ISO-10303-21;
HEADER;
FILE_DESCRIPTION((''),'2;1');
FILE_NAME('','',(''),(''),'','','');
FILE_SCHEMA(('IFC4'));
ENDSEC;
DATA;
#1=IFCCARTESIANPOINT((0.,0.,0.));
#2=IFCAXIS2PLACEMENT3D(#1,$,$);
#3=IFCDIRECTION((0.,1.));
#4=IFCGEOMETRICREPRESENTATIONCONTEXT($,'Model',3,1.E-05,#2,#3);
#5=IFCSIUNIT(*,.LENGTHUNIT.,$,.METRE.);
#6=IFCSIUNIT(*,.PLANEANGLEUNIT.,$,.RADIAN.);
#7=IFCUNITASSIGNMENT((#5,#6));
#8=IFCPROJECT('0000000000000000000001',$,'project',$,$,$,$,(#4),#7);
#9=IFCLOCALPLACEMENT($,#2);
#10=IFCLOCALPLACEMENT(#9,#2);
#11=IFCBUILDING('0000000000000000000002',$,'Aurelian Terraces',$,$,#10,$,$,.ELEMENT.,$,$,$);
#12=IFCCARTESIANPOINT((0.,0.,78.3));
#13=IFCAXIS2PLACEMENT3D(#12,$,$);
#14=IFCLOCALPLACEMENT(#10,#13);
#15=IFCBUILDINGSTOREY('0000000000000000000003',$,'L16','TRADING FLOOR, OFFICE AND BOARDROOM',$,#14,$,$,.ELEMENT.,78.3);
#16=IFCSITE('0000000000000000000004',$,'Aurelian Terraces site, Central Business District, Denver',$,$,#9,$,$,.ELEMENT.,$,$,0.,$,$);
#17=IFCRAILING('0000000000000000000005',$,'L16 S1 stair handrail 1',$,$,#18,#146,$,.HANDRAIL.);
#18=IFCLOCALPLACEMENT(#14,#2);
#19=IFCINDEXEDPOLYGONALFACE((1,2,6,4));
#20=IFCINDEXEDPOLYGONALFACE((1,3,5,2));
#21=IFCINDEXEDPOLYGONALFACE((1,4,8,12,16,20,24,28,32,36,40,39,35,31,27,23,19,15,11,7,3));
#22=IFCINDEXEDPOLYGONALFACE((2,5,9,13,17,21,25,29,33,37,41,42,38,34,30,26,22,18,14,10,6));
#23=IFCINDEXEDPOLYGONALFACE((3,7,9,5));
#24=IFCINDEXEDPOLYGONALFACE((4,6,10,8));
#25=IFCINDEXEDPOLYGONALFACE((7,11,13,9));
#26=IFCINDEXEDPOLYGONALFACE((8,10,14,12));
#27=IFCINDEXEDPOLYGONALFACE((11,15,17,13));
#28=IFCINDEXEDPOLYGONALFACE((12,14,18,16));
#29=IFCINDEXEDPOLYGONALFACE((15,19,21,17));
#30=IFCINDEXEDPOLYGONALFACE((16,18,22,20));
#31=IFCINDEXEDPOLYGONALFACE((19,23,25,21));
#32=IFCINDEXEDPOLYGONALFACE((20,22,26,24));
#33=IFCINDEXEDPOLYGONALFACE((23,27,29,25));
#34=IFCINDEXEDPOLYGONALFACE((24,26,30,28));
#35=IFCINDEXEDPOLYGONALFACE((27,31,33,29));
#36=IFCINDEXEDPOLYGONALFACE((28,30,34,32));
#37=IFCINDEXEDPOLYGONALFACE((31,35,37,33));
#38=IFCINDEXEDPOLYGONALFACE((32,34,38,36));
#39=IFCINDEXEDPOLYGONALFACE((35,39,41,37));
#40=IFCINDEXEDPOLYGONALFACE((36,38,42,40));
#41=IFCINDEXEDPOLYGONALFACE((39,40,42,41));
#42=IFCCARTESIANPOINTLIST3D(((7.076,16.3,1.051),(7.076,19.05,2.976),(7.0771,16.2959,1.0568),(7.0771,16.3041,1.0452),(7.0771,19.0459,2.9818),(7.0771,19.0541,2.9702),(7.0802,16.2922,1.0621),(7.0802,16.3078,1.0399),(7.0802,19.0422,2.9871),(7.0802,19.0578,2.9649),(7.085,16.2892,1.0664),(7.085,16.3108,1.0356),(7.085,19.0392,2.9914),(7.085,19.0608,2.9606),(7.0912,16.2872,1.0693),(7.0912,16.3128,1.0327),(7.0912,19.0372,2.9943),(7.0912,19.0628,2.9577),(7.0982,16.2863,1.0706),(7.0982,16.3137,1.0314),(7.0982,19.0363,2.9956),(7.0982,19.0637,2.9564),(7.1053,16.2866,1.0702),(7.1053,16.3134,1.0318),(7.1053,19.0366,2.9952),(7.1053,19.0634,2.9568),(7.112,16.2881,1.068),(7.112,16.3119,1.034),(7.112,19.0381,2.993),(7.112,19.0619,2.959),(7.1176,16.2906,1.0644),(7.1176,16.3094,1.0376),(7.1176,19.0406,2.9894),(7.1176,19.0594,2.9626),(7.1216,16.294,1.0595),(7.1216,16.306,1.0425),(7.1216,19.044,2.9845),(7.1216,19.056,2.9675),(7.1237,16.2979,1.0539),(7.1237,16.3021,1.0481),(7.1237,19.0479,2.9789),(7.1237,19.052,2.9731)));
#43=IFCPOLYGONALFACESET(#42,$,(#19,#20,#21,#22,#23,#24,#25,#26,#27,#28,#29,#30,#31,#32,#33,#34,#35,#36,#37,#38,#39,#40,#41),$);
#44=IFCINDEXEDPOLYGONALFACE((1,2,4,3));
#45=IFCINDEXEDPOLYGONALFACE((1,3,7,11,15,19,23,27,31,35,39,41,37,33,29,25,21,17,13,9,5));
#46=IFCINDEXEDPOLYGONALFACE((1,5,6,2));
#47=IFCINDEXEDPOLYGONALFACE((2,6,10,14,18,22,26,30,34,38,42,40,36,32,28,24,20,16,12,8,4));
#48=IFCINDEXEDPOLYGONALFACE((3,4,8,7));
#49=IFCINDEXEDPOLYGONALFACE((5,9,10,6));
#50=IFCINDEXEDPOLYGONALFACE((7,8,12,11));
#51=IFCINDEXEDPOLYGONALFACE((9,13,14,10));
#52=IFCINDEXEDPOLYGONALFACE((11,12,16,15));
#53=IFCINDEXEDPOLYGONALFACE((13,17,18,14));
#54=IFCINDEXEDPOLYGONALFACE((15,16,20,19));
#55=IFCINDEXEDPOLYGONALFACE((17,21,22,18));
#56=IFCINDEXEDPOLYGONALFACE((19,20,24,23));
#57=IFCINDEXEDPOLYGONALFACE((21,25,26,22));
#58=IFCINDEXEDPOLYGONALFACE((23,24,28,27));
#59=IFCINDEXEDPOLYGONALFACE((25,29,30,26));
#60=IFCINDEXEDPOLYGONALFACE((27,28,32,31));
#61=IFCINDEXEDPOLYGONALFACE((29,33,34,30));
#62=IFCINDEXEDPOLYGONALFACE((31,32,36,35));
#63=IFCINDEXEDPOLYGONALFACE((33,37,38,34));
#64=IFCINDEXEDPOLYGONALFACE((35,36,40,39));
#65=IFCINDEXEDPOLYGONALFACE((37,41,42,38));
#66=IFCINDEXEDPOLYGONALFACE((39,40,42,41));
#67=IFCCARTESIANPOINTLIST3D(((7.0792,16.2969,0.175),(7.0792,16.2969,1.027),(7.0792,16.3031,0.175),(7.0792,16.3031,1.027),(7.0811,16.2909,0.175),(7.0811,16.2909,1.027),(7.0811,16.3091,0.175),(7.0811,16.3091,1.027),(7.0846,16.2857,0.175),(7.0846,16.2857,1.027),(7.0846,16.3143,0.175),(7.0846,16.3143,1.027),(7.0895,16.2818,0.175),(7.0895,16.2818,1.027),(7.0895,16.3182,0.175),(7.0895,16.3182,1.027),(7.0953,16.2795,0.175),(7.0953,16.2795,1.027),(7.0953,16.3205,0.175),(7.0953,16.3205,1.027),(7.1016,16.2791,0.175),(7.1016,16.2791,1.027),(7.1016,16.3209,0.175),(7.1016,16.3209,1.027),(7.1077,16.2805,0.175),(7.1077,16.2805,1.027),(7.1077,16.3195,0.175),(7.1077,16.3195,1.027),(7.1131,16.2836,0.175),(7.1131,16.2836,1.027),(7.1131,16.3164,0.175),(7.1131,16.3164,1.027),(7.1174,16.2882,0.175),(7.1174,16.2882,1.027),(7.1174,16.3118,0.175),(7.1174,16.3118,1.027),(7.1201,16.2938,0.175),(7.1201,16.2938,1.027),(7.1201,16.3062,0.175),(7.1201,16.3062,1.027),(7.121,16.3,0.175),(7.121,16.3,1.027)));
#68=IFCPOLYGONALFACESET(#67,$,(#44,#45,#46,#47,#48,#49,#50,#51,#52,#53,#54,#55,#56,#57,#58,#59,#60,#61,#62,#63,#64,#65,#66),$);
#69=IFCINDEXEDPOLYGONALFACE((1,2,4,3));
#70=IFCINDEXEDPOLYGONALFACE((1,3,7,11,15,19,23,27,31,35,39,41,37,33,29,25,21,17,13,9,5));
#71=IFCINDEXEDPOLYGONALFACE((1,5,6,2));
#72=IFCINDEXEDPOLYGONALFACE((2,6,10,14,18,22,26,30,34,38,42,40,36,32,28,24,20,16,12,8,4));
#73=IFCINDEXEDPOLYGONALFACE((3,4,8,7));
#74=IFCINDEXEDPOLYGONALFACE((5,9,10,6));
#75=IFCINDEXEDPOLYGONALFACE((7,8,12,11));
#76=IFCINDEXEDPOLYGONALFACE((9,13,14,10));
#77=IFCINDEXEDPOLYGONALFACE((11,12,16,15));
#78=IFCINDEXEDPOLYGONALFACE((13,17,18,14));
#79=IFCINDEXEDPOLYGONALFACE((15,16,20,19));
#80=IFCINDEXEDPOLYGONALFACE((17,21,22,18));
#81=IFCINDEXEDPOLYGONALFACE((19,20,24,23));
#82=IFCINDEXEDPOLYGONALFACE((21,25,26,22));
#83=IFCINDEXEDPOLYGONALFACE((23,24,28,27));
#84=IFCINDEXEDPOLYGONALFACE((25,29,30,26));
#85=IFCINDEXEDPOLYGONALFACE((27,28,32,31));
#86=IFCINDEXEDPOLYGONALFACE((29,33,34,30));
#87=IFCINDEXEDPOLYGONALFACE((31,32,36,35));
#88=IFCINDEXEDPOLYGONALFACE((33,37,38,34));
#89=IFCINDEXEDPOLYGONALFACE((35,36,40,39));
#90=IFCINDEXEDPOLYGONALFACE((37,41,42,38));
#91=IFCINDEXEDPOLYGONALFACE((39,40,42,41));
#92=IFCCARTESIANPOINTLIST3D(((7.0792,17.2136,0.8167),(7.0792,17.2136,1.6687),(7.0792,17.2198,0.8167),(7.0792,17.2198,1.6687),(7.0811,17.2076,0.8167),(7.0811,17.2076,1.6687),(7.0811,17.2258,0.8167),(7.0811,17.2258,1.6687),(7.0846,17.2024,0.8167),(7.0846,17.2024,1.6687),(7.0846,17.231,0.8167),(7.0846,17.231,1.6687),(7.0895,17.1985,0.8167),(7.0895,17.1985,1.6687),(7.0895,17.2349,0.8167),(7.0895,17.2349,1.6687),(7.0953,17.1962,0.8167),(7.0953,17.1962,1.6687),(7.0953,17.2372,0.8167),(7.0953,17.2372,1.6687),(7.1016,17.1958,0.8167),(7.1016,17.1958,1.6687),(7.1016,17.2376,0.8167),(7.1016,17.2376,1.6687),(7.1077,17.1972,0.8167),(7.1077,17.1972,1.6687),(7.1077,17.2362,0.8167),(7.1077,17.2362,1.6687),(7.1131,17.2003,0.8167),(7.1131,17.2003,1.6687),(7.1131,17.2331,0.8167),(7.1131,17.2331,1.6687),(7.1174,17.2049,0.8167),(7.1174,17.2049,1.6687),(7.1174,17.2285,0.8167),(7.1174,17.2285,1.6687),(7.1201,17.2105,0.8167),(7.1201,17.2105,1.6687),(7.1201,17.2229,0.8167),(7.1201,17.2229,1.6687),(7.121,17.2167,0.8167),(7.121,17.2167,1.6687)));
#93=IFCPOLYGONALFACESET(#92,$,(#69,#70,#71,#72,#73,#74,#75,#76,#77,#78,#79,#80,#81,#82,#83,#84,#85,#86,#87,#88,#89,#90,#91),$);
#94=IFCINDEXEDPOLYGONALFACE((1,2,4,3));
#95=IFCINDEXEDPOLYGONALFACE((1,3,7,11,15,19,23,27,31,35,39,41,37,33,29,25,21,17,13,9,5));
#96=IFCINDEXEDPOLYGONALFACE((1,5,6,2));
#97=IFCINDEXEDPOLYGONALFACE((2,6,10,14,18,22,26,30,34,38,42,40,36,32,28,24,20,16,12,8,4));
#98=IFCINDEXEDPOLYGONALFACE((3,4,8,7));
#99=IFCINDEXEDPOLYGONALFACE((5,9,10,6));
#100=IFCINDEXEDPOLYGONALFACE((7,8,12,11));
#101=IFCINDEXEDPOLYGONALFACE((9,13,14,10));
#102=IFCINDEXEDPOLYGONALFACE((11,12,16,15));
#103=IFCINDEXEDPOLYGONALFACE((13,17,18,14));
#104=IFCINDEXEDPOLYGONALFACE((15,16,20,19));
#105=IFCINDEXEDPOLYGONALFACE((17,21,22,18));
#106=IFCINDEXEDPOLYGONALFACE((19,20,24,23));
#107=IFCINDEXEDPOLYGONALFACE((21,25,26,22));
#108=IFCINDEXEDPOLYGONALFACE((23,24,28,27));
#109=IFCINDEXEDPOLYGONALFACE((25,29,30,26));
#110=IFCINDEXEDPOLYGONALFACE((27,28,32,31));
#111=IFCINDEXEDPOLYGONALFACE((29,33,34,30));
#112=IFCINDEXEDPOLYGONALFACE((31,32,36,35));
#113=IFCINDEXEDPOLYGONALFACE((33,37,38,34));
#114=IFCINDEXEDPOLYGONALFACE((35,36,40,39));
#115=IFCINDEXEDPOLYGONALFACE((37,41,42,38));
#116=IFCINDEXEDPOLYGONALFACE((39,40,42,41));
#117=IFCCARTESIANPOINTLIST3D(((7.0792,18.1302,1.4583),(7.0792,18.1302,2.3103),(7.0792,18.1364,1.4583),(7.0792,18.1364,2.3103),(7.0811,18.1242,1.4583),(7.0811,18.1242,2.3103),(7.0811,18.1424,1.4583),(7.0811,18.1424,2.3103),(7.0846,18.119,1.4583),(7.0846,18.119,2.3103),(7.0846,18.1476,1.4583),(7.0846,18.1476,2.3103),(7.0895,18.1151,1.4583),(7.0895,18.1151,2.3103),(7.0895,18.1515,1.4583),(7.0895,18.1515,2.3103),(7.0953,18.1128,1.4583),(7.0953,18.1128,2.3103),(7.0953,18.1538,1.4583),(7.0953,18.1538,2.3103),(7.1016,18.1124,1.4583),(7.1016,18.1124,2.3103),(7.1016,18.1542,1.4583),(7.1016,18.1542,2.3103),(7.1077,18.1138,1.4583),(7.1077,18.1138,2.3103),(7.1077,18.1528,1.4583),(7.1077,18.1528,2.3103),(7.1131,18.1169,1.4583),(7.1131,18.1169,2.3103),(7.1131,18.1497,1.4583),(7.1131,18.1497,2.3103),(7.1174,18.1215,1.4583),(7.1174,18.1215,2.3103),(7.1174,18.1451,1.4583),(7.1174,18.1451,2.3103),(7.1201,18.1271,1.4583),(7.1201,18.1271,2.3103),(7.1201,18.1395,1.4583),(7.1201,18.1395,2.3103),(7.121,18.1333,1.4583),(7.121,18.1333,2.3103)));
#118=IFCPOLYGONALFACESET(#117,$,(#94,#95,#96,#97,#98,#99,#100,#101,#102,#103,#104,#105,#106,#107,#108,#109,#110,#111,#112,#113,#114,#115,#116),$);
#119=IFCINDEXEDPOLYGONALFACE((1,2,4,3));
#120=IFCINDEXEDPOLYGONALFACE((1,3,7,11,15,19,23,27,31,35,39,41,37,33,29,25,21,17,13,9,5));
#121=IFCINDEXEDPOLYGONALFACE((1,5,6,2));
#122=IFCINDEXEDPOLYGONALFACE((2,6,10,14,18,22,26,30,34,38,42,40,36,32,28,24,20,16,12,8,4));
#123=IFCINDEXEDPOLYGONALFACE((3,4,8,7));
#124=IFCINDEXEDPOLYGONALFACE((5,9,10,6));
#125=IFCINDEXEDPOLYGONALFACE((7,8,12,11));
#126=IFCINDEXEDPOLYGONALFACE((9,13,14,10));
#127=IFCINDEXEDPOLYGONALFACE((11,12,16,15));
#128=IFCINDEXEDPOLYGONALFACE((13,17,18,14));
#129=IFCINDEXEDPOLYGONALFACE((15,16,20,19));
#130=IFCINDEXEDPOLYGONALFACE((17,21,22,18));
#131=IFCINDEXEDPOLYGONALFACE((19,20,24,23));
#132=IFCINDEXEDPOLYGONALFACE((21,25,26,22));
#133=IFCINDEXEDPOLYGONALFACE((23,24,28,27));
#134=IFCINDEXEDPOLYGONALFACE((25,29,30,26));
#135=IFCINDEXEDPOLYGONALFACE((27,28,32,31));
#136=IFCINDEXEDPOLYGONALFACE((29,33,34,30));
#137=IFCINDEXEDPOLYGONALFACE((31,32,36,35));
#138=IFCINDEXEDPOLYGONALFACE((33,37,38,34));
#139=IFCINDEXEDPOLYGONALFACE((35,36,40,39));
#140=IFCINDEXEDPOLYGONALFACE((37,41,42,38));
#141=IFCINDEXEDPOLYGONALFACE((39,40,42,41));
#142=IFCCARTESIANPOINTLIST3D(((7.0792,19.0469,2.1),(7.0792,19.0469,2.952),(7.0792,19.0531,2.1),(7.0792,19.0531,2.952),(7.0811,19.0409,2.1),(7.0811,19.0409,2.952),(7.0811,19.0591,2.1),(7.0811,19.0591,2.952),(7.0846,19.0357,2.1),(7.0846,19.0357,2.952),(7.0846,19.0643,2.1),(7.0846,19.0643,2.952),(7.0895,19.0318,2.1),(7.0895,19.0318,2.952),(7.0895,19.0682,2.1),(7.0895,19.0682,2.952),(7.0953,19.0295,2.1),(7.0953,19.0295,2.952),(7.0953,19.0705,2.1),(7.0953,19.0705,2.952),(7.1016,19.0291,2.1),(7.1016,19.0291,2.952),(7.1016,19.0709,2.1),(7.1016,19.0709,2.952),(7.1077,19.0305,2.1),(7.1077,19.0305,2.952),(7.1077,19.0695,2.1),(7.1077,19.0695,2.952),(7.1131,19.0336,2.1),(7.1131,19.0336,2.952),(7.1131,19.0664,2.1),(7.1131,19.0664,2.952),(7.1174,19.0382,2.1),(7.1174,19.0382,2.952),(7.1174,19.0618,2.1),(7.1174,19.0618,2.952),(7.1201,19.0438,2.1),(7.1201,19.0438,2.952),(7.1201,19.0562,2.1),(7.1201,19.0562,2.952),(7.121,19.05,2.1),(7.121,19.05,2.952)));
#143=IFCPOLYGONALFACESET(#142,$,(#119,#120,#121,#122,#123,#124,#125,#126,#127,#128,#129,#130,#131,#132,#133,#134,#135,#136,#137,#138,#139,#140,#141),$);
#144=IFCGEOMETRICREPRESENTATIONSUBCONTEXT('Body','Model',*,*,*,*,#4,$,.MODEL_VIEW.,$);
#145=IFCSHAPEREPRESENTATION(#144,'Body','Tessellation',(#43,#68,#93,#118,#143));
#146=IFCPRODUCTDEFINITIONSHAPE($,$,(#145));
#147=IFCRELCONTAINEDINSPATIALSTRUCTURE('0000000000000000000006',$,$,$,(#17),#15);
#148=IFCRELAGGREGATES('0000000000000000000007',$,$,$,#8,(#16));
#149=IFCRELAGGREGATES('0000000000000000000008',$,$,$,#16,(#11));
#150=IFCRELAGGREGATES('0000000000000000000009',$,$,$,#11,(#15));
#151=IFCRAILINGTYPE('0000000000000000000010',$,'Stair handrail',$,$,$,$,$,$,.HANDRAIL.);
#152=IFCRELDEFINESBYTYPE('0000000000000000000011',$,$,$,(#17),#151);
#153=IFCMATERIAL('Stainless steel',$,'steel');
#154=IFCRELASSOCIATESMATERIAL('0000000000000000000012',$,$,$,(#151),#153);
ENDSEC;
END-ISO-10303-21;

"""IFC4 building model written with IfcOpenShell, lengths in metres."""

from ifc_helpers import new_model, si_unit, direction, frame, origin, origin_2d, place, context, subcontext, project, spatial, circle, extrude, source, transform, mapped, material, type_object, element, save


model = new_model("IFC4")

# Units and contexts
model_context = context("Model", 3, precision=1e-05, world=origin(), true_north=direction((0.0, 1.0)))
body_context = subcontext(model_context, "Body", "Model", "MODEL_VIEW")
ifc_project = project(units=[si_unit("LENGTHUNIT", "METRE"), si_unit("PLANEANGLEUNIT", "RADIAN")], contexts=[model_context])

# Site, building, storey
site_placement = place(None, origin())
site = spatial("IfcSite", under=ifc_project, at=site_placement, Name="Aurelian Terraces site, Central Business District, Denver", CompositionType="ELEMENT", RefElevation=0.0)
building_placement = place(site_placement, origin())
building = spatial("IfcBuilding", under=site, at=building_placement, Name="Aurelian Terraces", CompositionType="ELEMENT")
storey_placement = place(building_placement, frame((0.0, 0.0, 78.3)))
storey = spatial("IfcBuildingStorey", under=building, at=storey_placement, Name="L16", Description="TRADING FLOOR, OFFICE AND BOARDROOM", CompositionType="ELEMENT", Elevation=78.3)

# Railing
ifc_material_1 = material(Name="Stainless steel", Category="steel")
railing_type_1 = type_object("IfcRailingType", Name="Stair handrail", PredefinedType="HANDRAIL", material=ifc_material_1)
shared_shape_1 = source(origin(), body_context, "Body", "SweptSolid", [
    extrude(circle(Radius=0.024, at=origin_2d()), frame((0.0, 0.0, 0.876), z_axis=(0.0, 0.819232, 0.573462), x_axis=(-1.0, 0.0, 0.0)), (0.0, 0.0, 1.0), 3.3568),
    extrude(circle(Radius=0.021, at=origin_2d()), origin(), (0.0, 0.0, 1.0), 0.852),
    extrude(circle(Radius=0.021, at=origin_2d()), frame((0.0, 0.9167, 0.6417)), (0.0, 0.0, 1.0), 0.852),
    extrude(circle(Radius=0.021, at=origin_2d()), frame((0.0, 1.8333, 1.2833)), (0.0, 0.0, 1.0), 0.852),
    extrude(circle(Radius=0.021, at=origin_2d()), frame((0.0, 2.75, 1.925)), (0.0, 0.0, 1.0), 0.852),
])
railing_1_placement = place(storey_placement, frame((7.1, 16.3, 0.175)))
element("IfcRailing", 1, at=railing_1_placement, inside=storey, type_object=railing_type_1, Name="L16 S1 stair handrail 1", PredefinedType="HANDRAIL", context=body_context, shape_type="MappedRepresentation", body=[
    mapped(shared_shape_1, transform((0.0, 0.0, 0.0), scale=1.0)),
])

save(model, "model.ifc")
